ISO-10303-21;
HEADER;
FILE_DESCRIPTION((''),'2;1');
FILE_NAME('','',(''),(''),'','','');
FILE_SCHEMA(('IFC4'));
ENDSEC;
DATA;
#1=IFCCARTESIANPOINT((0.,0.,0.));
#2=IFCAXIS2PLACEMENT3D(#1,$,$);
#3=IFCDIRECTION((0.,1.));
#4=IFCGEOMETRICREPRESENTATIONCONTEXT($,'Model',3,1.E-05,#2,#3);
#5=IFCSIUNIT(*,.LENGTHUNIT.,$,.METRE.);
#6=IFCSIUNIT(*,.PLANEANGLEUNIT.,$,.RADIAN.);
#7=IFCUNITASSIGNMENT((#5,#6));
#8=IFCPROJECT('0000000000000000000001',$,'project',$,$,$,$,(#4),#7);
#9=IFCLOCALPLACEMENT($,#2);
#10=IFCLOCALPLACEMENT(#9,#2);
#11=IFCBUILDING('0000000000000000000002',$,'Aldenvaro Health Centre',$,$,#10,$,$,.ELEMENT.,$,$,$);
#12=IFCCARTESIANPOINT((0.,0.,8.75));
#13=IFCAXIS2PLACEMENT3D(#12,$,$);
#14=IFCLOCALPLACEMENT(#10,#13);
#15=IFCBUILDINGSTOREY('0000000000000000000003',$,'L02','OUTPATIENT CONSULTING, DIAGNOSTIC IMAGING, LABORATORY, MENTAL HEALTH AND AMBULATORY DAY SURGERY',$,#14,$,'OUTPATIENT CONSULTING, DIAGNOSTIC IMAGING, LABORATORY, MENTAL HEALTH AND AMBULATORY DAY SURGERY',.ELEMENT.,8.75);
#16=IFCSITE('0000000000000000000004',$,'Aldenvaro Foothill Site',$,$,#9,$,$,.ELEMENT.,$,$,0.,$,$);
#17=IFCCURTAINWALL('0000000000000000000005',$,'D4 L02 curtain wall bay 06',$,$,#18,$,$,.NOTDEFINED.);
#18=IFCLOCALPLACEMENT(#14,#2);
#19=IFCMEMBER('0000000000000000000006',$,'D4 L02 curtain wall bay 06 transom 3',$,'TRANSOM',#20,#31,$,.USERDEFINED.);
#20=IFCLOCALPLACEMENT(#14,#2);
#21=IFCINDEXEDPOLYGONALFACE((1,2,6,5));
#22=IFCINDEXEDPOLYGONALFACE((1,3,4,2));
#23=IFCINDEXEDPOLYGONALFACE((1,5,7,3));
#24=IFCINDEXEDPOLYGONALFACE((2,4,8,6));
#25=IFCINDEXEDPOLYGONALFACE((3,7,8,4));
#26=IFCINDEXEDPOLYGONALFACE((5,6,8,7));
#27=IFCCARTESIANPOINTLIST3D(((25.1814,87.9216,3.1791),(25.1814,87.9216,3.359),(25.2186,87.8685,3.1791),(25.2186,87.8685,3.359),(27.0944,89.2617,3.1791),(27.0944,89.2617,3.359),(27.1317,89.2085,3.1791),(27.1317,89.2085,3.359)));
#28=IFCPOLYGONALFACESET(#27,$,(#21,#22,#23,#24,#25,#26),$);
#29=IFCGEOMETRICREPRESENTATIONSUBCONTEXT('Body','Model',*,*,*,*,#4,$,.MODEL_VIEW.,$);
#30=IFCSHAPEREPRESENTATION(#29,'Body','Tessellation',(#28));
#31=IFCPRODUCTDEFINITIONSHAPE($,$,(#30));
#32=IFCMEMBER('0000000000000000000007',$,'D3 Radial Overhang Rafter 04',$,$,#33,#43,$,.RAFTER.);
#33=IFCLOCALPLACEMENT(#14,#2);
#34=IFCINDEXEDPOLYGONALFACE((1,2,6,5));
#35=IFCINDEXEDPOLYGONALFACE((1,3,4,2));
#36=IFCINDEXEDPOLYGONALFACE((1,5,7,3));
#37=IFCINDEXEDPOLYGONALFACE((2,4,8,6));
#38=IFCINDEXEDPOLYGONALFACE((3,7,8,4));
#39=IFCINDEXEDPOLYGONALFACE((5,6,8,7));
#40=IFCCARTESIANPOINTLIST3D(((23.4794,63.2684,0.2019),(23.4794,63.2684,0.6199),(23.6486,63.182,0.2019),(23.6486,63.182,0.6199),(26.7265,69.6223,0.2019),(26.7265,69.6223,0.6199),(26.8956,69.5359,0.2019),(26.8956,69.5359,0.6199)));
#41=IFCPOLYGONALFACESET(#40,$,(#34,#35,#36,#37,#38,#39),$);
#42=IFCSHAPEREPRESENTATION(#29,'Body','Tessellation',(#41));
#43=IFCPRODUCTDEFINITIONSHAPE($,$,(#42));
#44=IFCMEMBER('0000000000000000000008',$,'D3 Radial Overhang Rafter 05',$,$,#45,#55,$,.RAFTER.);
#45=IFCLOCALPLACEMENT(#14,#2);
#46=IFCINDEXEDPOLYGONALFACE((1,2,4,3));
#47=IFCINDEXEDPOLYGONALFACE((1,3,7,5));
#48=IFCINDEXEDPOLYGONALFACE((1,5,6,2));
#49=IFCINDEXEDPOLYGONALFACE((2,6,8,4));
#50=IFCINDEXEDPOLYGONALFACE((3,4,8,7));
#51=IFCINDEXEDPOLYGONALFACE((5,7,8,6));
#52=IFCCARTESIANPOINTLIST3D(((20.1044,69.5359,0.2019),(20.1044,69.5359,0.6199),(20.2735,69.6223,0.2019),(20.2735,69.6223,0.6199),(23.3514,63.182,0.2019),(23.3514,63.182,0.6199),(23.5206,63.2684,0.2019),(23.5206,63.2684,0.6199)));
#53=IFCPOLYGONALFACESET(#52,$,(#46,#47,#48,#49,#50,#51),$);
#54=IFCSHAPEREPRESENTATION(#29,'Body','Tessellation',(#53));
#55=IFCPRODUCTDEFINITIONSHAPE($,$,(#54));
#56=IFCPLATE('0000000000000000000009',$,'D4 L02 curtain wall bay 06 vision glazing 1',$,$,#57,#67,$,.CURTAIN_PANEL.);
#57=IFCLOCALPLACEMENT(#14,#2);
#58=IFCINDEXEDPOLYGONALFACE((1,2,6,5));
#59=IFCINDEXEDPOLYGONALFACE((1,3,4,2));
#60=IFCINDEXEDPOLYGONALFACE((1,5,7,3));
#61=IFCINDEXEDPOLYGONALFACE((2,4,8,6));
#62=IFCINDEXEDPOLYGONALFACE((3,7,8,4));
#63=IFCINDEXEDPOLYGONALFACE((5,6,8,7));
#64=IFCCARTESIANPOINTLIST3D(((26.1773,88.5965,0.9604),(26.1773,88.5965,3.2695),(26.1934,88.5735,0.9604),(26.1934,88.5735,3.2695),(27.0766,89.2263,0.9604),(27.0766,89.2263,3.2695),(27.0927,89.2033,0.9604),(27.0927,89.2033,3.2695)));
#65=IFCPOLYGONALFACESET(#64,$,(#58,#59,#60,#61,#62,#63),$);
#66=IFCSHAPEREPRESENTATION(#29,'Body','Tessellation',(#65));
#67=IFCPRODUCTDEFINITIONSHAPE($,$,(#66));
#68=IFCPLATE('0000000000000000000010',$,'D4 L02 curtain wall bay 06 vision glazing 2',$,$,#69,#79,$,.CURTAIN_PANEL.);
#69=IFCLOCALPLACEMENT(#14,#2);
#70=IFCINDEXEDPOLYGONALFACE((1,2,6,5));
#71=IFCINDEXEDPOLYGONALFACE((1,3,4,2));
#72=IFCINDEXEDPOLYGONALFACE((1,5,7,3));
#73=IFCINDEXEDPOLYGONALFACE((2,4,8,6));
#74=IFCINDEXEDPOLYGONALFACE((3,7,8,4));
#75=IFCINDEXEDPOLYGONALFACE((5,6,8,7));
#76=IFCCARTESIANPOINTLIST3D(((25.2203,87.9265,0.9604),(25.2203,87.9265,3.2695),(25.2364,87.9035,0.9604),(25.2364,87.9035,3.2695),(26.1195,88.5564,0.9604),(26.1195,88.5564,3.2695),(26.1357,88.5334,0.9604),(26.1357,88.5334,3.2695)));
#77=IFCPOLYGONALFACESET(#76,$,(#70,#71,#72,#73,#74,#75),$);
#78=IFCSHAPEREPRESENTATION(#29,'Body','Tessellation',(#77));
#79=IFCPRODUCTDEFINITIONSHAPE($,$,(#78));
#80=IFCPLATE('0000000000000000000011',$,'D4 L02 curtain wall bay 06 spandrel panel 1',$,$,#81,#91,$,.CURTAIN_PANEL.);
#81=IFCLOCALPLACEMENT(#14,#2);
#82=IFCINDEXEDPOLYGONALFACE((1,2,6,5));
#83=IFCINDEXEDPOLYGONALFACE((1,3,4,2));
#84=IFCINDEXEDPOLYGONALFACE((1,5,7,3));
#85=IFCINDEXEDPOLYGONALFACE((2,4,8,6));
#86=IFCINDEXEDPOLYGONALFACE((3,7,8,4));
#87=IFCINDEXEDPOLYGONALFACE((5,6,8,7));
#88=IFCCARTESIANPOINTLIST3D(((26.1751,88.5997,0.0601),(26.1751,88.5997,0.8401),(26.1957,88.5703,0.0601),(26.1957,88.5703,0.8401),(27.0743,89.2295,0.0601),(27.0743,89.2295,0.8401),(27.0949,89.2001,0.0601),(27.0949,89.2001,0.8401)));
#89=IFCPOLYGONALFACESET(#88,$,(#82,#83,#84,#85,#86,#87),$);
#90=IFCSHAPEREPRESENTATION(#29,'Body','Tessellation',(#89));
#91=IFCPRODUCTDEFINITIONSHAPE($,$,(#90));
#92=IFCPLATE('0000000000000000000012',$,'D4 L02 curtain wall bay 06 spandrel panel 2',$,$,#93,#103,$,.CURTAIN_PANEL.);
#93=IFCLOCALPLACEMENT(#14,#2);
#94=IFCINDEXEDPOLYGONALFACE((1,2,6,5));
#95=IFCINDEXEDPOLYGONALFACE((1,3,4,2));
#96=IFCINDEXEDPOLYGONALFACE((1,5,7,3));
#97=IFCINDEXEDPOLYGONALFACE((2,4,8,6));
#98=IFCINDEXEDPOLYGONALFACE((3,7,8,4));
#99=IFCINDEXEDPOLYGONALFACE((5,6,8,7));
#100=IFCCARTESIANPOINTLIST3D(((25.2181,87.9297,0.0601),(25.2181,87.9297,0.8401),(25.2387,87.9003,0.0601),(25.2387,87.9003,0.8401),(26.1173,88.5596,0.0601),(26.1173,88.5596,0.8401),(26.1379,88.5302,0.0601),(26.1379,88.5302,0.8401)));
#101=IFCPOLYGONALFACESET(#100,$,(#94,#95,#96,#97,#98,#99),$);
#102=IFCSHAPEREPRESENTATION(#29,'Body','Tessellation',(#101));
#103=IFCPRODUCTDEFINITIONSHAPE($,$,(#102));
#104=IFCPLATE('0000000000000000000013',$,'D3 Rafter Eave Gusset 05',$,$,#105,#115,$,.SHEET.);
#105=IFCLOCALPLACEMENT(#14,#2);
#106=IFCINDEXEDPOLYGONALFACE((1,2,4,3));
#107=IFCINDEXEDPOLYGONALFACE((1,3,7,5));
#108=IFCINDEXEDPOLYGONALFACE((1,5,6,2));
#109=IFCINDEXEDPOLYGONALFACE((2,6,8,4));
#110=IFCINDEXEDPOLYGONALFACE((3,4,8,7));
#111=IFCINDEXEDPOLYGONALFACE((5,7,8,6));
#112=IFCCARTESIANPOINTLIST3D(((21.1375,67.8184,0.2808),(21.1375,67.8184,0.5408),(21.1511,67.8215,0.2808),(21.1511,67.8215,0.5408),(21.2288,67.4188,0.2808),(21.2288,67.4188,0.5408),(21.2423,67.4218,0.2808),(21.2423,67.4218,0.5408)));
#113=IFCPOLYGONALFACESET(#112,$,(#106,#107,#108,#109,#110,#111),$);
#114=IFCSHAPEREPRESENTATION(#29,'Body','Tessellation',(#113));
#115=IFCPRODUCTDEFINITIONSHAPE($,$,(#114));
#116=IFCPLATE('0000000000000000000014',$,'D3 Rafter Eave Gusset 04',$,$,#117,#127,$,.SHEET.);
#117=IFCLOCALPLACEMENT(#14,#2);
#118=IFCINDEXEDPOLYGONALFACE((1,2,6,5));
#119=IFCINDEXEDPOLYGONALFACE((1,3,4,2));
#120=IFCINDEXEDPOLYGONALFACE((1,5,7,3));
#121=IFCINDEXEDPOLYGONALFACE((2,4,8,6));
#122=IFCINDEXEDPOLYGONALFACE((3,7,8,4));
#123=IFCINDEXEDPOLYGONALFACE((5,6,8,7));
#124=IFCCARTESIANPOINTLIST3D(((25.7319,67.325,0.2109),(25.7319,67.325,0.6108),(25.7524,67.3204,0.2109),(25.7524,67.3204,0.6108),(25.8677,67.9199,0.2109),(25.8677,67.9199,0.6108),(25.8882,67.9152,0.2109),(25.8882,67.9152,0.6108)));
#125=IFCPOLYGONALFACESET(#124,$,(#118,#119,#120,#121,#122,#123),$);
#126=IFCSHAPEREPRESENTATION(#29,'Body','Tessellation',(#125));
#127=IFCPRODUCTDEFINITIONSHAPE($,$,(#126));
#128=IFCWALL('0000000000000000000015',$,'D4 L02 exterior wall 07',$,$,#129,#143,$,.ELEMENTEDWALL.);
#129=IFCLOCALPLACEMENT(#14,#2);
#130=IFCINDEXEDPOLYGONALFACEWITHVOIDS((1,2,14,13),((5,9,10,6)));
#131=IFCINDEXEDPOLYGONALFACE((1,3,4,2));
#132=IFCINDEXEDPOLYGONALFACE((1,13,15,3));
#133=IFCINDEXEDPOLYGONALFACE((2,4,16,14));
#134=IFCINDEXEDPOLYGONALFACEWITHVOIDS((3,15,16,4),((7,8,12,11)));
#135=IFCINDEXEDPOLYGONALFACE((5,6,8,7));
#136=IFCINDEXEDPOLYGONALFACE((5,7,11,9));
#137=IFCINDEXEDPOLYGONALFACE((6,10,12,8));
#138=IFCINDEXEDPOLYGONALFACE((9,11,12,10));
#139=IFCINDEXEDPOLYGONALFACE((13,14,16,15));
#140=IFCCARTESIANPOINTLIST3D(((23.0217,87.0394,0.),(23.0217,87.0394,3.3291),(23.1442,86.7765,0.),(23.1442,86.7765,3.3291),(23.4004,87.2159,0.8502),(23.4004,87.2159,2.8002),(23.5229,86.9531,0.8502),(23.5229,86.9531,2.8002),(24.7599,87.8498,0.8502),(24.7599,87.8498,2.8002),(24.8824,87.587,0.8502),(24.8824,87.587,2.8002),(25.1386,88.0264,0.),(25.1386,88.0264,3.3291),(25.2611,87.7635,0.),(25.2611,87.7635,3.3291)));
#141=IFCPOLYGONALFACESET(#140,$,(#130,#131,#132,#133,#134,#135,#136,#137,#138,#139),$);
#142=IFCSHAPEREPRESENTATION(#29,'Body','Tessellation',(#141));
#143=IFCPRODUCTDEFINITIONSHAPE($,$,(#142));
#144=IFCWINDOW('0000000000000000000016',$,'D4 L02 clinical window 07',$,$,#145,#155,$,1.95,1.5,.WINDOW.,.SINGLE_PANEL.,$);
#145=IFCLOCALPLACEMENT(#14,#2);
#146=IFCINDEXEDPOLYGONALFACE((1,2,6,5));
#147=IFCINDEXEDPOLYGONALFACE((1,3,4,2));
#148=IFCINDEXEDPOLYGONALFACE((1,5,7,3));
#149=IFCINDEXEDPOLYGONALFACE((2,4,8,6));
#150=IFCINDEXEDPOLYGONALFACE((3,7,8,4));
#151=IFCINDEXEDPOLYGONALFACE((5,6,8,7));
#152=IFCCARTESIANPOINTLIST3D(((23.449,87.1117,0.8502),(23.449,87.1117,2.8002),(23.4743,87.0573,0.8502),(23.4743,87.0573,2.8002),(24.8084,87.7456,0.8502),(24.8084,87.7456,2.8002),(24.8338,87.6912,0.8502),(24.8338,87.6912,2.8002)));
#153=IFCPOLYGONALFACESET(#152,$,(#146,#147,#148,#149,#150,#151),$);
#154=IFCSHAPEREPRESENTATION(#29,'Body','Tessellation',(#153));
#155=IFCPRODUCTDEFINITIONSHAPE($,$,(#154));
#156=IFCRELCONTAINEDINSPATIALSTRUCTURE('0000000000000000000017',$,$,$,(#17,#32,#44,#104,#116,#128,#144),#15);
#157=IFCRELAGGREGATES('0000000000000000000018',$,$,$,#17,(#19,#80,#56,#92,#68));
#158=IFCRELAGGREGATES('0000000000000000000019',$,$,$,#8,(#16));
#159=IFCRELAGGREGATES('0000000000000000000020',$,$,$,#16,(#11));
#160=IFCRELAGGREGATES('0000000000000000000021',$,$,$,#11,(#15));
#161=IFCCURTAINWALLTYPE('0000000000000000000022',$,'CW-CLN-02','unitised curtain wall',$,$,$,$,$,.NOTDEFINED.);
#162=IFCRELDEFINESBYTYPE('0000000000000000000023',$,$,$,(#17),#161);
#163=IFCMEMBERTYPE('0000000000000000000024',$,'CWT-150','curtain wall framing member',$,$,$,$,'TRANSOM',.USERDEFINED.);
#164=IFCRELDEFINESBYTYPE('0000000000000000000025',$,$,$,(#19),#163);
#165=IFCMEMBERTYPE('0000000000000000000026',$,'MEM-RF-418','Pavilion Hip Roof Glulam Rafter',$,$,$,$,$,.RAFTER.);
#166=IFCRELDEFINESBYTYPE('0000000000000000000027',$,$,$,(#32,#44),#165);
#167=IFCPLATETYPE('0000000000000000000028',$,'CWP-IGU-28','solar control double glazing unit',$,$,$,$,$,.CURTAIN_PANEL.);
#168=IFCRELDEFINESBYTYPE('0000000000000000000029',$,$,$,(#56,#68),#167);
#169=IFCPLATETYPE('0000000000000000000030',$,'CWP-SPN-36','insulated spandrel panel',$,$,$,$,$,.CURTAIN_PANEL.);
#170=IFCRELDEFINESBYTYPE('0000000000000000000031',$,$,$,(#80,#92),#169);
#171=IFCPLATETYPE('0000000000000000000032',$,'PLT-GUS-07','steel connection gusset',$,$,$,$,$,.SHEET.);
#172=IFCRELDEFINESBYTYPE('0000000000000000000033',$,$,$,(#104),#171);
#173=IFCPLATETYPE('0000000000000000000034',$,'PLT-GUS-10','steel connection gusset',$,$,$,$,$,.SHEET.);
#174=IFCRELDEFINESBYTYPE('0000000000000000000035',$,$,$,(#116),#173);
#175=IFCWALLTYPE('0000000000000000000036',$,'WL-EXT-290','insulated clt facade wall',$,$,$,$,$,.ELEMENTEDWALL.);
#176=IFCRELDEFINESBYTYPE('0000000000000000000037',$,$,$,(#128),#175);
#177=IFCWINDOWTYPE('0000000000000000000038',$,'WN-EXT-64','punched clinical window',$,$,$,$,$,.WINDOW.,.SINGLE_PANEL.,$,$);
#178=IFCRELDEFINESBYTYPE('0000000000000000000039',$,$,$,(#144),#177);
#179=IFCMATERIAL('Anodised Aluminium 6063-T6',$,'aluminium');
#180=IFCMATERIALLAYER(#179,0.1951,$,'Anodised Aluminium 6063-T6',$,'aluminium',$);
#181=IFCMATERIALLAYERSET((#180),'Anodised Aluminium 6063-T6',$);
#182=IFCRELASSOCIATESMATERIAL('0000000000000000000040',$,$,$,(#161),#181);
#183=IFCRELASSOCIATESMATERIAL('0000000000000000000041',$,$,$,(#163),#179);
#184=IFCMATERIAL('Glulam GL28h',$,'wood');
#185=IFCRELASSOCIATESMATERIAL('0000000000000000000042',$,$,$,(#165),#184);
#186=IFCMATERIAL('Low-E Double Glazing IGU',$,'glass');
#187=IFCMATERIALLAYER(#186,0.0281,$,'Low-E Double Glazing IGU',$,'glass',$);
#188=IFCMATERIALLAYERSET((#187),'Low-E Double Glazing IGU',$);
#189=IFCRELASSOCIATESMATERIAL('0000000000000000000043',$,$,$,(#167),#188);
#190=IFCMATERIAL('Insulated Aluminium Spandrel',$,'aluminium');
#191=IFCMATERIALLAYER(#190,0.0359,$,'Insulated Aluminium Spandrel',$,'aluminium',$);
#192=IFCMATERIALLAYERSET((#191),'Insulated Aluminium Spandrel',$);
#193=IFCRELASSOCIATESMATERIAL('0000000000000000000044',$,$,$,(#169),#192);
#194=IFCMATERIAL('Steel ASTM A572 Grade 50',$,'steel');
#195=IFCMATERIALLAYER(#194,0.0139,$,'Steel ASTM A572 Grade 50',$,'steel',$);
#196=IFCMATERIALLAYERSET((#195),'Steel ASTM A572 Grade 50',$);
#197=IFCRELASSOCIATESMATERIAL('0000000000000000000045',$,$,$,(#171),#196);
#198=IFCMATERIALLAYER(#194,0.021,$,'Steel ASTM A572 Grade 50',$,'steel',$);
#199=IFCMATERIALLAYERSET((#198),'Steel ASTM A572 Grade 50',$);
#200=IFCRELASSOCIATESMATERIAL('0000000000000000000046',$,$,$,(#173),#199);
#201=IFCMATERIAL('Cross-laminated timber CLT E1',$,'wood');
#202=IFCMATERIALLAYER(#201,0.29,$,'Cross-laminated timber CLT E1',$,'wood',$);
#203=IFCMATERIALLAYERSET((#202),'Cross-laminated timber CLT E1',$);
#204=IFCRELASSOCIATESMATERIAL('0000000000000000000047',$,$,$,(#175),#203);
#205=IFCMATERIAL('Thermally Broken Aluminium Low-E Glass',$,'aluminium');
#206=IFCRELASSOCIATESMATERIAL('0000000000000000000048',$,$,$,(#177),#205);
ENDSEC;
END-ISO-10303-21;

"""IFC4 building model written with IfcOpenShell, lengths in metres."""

from ifc_helpers import new_model, si_unit, direction, frame, frame_2d, origin, origin_2d, place, context, subcontext, project, spatial, rectangle, extrude, material, layer, layer_set, material_profile, profile_set, type_object, element, fill, aggregate, save


model = new_model("IFC4")

# Units and contexts
model_context = context("Model", 3, precision=1e-05, world=origin(), true_north=direction((0.0, 1.0)))
body_context = subcontext(model_context, "Body", "Model", "MODEL_VIEW")
ifc_project = project(units=[si_unit("LENGTHUNIT", "METRE"), si_unit("PLANEANGLEUNIT", "RADIAN")], contexts=[model_context])

# Site, building, storey
site_placement = place(None, origin())
site = spatial("IfcSite", under=ifc_project, at=site_placement, Name="Aldenvaro Foothill Site", CompositionType="ELEMENT", RefElevation=0.0)
building_placement = place(site_placement, origin())
building = spatial("IfcBuilding", under=site, at=building_placement, Name="Aldenvaro Health Centre", CompositionType="ELEMENT")
storey_placement = place(building_placement, frame((0.0, 0.0, 8.75)))
storey = spatial("IfcBuildingStorey", under=building, at=storey_placement, Name="L02", Description="OUTPATIENT CONSULTING, DIAGNOSTIC IMAGING, LABORATORY, MENTAL HEALTH AND AMBULATORY DAY SURGERY", LongName="OUTPATIENT CONSULTING, DIAGNOSTIC IMAGING, LABORATORY, MENTAL HEALTH AND AMBULATORY DAY SURGERY", CompositionType="ELEMENT", Elevation=8.75)

# Shared definitions
ifc_material_1 = material(Name="Glulam GL28h", Category="wood")

# Curtain wall, member
ifc_material_2 = material(Name="Anodised Aluminium 6063-T6", Category="aluminium")
ifc_layer_1 = layer(ifc_material_2, 0.1951, Name="Anodised Aluminium 6063-T6", Category="aluminium")
ifc_layer_set_1 = layer_set([ifc_layer_1], Name="Anodised Aluminium 6063-T6")
curtain_wall_type = type_object("IfcCurtainWallType", Name="CW-CLN-02", Description="unitised curtain wall", PredefinedType="NOTDEFINED", material=ifc_layer_set_1)
curtain_wall_placement = place(storey_placement, origin())
curtain_wall = element("IfcCurtainWall", 1, at=curtain_wall_placement, inside=storey, type_object=curtain_wall_type, Name="D4 L02 curtain wall bay 06", PredefinedType="NOTDEFINED")
ifc_material_profile_1 = material_profile(ifc_material_2, rectangle(XDim=0.0649, YDim=0.1799, at=origin_2d()), Name="ALU 65x180", Category="aluminium")
ifc_profile_set_1 = profile_set([ifc_material_profile_1], Name="Anodised Aluminium 6063-T6")
member_type_1 = type_object("IfcMemberType", Name="CWT-150", Description="curtain wall framing member", ElementType="TRANSOM", PredefinedType="USERDEFINED", material=ifc_profile_set_1)
member_1_placement = place(storey_placement, frame((27.113, 89.2351, 3.269), z_axis=(-0.819045, -0.573729, 0.0), x_axis=(0.573729, -0.819045, 0.0)))
member_1 = element("IfcMember", 2, at=member_1_placement, type_object=member_type_1, Name="D4 L02 curtain wall bay 06 transom 3", ObjectType="TRANSOM", PredefinedType="USERDEFINED", context=body_context, shape_type="SweptSolid", body=[
    extrude(rectangle(XDim=0.0649, YDim=0.1799, at=origin_2d()), origin(), (0.0, 0.0, 1.0), 2.3357),
])

# Members
ifc_material_profile_2 = material_profile(ifc_material_1, rectangle(XDim=0.1899, YDim=0.418, at=origin_2d()), Name="GL 190x418", Category="wood")
ifc_profile_set_2 = profile_set([ifc_material_profile_2], Name="Glulam GL28h")
member_type_2 = type_object("IfcMemberType", Name="MEM-RF-418", Description="Pavilion Hip Roof Glulam Rafter", PredefinedType="RAFTER", material=ifc_profile_set_2)
for number, where, z_axis, x_axis, name in (
    (3, (26.811, 69.5791, 0.4109), (-0.455052, -0.890465, 0.0), (0.890465, -0.455052, 0.0), "D3 Radial Overhang Rafter 04"),
    (4, (20.189, 69.5791, 0.4109), (0.455052, -0.890465, 0.0), (0.890465, 0.455052, 0.0), "D3 Radial Overhang Rafter 05"),
):
    element("IfcMember", number, at=place(storey_placement, frame(where, z_axis=z_axis, x_axis=x_axis)), inside=storey, type_object=member_type_2, Name=name, PredefinedType="RAFTER", context=body_context, shape_type="SweptSolid", body=[
        extrude(rectangle(XDim=0.1899, YDim=0.418, at=origin_2d()), origin(), (0.0, 0.0, 1.0), 7.1355),
    ])

# Plates
ifc_material_3 = material(Name="Low-E Double Glazing IGU", Category="glass")
ifc_layer_2 = layer(ifc_material_3, 0.0281, Name="Low-E Double Glazing IGU", Category="glass")
ifc_layer_set_2 = layer_set([ifc_layer_2], Name="Low-E Double Glazing IGU")
plate_type_1 = type_object("IfcPlateType", Name="CWP-IGU-28", Description="solar control double glazing unit", PredefinedType="CURTAIN_PANEL", material=ifc_layer_set_2)
plate_1_placement = place(storey_placement, frame((26.635, 88.8999, 0.9604), z_axis=(0.0, 0.0, 1.0), x_axis=(-0.819051, -0.573721, 0.0)))
plate_1 = element("IfcPlate", 5, at=plate_1_placement, type_object=plate_type_1, Name="D4 L02 curtain wall bay 06 vision glazing 1", PredefinedType="CURTAIN_PANEL", context=body_context, shape_type="SweptSolid", body=[
    extrude(rectangle(XDim=1.0979, YDim=0.0281, at=origin_2d()), origin(), (0.0, 0.0, 1.0), 2.3091),
])
plate_2_placement = place(storey_placement, frame((25.678, 88.23, 0.9604), z_axis=(0.0, 0.0, 1.0), x_axis=(-0.819051, -0.573721, 0.0)))
plate_2 = element("IfcPlate", 6, at=plate_2_placement, type_object=plate_type_1, Name="D4 L02 curtain wall bay 06 vision glazing 2", PredefinedType="CURTAIN_PANEL", context=body_context, shape_type="SweptSolid", body=[
    extrude(rectangle(XDim=1.0979, YDim=0.0281, at=origin_2d()), origin(), (0.0, 0.0, 1.0), 2.3091),
])
ifc_material_4 = material(Name="Insulated Aluminium Spandrel", Category="aluminium")
ifc_layer_3 = layer(ifc_material_4, 0.0359, Name="Insulated Aluminium Spandrel", Category="aluminium")
ifc_layer_set_3 = layer_set([ifc_layer_3], Name="Insulated Aluminium Spandrel")
plate_type_2 = type_object("IfcPlateType", Name="CWP-SPN-36", Description="insulated spandrel panel", PredefinedType="CURTAIN_PANEL", material=ifc_layer_set_3)
plate_3_placement = place(storey_placement, frame((26.635, 88.8999, 0.0601), z_axis=(0.0, 0.0, 1.0), x_axis=(-0.819051, -0.573721, 0.0)))
plate_3 = element("IfcPlate", 7, at=plate_3_placement, type_object=plate_type_2, Name="D4 L02 curtain wall bay 06 spandrel panel 1", PredefinedType="CURTAIN_PANEL", context=body_context, shape_type="SweptSolid", body=[
    extrude(rectangle(XDim=1.0979, YDim=0.0359, at=origin_2d()), origin(), (0.0, 0.0, 1.0), 0.78),
])
plate_4_placement = place(storey_placement, frame((25.678, 88.23, 0.0601), z_axis=(0.0, 0.0, 1.0), x_axis=(-0.819051, -0.573721, 0.0)))
plate_4 = element("IfcPlate", 8, at=plate_4_placement, type_object=plate_type_2, Name="D4 L02 curtain wall bay 06 spandrel panel 2", PredefinedType="CURTAIN_PANEL", context=body_context, shape_type="SweptSolid", body=[
    extrude(rectangle(XDim=1.0979, YDim=0.0359, at=origin_2d()), origin(), (0.0, 0.0, 1.0), 0.78),
])
aggregate(curtain_wall, [member_1, plate_3, plate_1, plate_4, plate_2])

# Plates
ifc_material_5 = material(Name="Steel ASTM A572 Grade 50", Category="steel")
ifc_layer_4 = layer(ifc_material_5, 0.0139, Name="Steel ASTM A572 Grade 50", Category="steel")
ifc_layer_set_4 = layer_set([ifc_layer_4], Name="Steel ASTM A572 Grade 50")
plate_type_3 = type_object("IfcPlateType", Name="PLT-GUS-07", Description="steel connection gusset", PredefinedType="SHEET", material=ifc_layer_set_4)
plate_5_placement = place(storey_placement, frame((21.1899, 67.6201, 0.2808), z_axis=(0.0, 0.0, 1.0), x_axis=(-0.222537, 0.974924, 0.0)))
element("IfcPlate", 9, at=plate_5_placement, inside=storey, type_object=plate_type_3, Name="D3 Rafter Eave Gusset 05", PredefinedType="SHEET", context=body_context, shape_type="SweptSolid", body=[
    extrude(rectangle(XDim=0.4099, YDim=0.0139, at=origin_2d()), origin(), (0.0, 0.0, 1.0), 0.26),
])
ifc_layer_5 = layer(ifc_material_5, 0.021, Name="Steel ASTM A572 Grade 50", Category="steel")
ifc_layer_set_5 = layer_set([ifc_layer_5], Name="Steel ASTM A572 Grade 50")
plate_type_4 = type_object("IfcPlateType", Name="PLT-GUS-10", Description="steel connection gusset", PredefinedType="SHEET", material=ifc_layer_set_5)
plate_6_placement = place(storey_placement, frame((25.8101, 67.6201, 0.2109), z_axis=(0.0, 0.0, 1.0), x_axis=(0.222537, 0.974924, 0.0)))
element("IfcPlate", 10, at=plate_6_placement, inside=storey, type_object=plate_type_4, Name="D3 Rafter Eave Gusset 04", PredefinedType="SHEET", context=body_context, shape_type="SweptSolid", body=[
    extrude(rectangle(XDim=0.6101, YDim=0.021, at=origin_2d()), origin(), (0.0, 0.0, 1.0), 0.3999),
])

# Wall, opening, window
ifc_material_6 = material(Name="Cross-laminated timber CLT E1", Category="wood")
ifc_layer_6 = layer(ifc_material_6, 0.29, Name="Cross-laminated timber CLT E1", Category="wood")
ifc_layer_set_6 = layer_set([ifc_layer_6], Name="Cross-laminated timber CLT E1")
wall_type = type_object("IfcWallType", Name="WL-EXT-290", Description="insulated clt facade wall", PredefinedType="ELEMENTEDWALL", material=ifc_layer_set_6)
wall_1_placement = place(storey_placement, frame((25.2, 87.895, 0.0), z_axis=(0.0, 0.0, 1.0), x_axis=(-0.906322, -0.422588, 0.0)))
wall_1 = element("IfcWall", 11, at=wall_1_placement, inside=storey, type_object=wall_type, Name="D4 L02 exterior wall 07", PredefinedType="ELEMENTEDWALL", context=body_context, shape_type="SweptSolid", body=[
    extrude(rectangle(XDim=2.3357, YDim=0.29, at=frame_2d((1.168, 0.0))), origin(), (0.0, 0.0, 1.0), 3.3291),
])
opening_1_placement = place(wall_1_placement, frame((0.418, 0.0, 0.8501)))
opening_1 = element("IfcOpeningElement", 12, at=opening_1_placement, cuts=wall_1, PredefinedType="OPENING", context=body_context, shape_type="SweptSolid", body=[
    extrude(rectangle(XDim=1.5, YDim=1.95, at=frame_2d((0.75, 0.9751))), frame((0.0, 0.155, 0.0), z_axis=(0.0, -1.0, 0.0), x_axis=(1.0, 0.0, 0.0)), (0.0, 0.0, 1.0), 0.3101),
])
ifc_material_7 = material(Name="Thermally Broken Aluminium Low-E Glass", Category="aluminium")
window_type_1 = type_object("IfcWindowType", Name="WN-EXT-64", Description="punched clinical window", PartitioningType="SINGLE_PANEL", PredefinedType="WINDOW", material=ifc_material_7)
window_1_placement = place(opening_1_placement, origin())
window_1 = element("IfcWindow", 13, at=window_1_placement, inside=storey, type_object=window_type_1, Name="D4 L02 clinical window 07", OverallHeight=1.95, OverallWidth=1.5, PartitioningType="SINGLE_PANEL", PredefinedType="WINDOW", context=body_context, shape_type="SweptSolid", body=[
    extrude(rectangle(XDim=1.5, YDim=1.95, at=frame_2d((0.75, 0.9751))), frame((0.0, 0.03, 0.0), z_axis=(0.0, -1.0, 0.0), x_axis=(1.0, 0.0, 0.0)), (0.0, 0.0, 1.0), 0.0601),
])
fill(opening_1, window_1)

save(model, "model.ifc")
